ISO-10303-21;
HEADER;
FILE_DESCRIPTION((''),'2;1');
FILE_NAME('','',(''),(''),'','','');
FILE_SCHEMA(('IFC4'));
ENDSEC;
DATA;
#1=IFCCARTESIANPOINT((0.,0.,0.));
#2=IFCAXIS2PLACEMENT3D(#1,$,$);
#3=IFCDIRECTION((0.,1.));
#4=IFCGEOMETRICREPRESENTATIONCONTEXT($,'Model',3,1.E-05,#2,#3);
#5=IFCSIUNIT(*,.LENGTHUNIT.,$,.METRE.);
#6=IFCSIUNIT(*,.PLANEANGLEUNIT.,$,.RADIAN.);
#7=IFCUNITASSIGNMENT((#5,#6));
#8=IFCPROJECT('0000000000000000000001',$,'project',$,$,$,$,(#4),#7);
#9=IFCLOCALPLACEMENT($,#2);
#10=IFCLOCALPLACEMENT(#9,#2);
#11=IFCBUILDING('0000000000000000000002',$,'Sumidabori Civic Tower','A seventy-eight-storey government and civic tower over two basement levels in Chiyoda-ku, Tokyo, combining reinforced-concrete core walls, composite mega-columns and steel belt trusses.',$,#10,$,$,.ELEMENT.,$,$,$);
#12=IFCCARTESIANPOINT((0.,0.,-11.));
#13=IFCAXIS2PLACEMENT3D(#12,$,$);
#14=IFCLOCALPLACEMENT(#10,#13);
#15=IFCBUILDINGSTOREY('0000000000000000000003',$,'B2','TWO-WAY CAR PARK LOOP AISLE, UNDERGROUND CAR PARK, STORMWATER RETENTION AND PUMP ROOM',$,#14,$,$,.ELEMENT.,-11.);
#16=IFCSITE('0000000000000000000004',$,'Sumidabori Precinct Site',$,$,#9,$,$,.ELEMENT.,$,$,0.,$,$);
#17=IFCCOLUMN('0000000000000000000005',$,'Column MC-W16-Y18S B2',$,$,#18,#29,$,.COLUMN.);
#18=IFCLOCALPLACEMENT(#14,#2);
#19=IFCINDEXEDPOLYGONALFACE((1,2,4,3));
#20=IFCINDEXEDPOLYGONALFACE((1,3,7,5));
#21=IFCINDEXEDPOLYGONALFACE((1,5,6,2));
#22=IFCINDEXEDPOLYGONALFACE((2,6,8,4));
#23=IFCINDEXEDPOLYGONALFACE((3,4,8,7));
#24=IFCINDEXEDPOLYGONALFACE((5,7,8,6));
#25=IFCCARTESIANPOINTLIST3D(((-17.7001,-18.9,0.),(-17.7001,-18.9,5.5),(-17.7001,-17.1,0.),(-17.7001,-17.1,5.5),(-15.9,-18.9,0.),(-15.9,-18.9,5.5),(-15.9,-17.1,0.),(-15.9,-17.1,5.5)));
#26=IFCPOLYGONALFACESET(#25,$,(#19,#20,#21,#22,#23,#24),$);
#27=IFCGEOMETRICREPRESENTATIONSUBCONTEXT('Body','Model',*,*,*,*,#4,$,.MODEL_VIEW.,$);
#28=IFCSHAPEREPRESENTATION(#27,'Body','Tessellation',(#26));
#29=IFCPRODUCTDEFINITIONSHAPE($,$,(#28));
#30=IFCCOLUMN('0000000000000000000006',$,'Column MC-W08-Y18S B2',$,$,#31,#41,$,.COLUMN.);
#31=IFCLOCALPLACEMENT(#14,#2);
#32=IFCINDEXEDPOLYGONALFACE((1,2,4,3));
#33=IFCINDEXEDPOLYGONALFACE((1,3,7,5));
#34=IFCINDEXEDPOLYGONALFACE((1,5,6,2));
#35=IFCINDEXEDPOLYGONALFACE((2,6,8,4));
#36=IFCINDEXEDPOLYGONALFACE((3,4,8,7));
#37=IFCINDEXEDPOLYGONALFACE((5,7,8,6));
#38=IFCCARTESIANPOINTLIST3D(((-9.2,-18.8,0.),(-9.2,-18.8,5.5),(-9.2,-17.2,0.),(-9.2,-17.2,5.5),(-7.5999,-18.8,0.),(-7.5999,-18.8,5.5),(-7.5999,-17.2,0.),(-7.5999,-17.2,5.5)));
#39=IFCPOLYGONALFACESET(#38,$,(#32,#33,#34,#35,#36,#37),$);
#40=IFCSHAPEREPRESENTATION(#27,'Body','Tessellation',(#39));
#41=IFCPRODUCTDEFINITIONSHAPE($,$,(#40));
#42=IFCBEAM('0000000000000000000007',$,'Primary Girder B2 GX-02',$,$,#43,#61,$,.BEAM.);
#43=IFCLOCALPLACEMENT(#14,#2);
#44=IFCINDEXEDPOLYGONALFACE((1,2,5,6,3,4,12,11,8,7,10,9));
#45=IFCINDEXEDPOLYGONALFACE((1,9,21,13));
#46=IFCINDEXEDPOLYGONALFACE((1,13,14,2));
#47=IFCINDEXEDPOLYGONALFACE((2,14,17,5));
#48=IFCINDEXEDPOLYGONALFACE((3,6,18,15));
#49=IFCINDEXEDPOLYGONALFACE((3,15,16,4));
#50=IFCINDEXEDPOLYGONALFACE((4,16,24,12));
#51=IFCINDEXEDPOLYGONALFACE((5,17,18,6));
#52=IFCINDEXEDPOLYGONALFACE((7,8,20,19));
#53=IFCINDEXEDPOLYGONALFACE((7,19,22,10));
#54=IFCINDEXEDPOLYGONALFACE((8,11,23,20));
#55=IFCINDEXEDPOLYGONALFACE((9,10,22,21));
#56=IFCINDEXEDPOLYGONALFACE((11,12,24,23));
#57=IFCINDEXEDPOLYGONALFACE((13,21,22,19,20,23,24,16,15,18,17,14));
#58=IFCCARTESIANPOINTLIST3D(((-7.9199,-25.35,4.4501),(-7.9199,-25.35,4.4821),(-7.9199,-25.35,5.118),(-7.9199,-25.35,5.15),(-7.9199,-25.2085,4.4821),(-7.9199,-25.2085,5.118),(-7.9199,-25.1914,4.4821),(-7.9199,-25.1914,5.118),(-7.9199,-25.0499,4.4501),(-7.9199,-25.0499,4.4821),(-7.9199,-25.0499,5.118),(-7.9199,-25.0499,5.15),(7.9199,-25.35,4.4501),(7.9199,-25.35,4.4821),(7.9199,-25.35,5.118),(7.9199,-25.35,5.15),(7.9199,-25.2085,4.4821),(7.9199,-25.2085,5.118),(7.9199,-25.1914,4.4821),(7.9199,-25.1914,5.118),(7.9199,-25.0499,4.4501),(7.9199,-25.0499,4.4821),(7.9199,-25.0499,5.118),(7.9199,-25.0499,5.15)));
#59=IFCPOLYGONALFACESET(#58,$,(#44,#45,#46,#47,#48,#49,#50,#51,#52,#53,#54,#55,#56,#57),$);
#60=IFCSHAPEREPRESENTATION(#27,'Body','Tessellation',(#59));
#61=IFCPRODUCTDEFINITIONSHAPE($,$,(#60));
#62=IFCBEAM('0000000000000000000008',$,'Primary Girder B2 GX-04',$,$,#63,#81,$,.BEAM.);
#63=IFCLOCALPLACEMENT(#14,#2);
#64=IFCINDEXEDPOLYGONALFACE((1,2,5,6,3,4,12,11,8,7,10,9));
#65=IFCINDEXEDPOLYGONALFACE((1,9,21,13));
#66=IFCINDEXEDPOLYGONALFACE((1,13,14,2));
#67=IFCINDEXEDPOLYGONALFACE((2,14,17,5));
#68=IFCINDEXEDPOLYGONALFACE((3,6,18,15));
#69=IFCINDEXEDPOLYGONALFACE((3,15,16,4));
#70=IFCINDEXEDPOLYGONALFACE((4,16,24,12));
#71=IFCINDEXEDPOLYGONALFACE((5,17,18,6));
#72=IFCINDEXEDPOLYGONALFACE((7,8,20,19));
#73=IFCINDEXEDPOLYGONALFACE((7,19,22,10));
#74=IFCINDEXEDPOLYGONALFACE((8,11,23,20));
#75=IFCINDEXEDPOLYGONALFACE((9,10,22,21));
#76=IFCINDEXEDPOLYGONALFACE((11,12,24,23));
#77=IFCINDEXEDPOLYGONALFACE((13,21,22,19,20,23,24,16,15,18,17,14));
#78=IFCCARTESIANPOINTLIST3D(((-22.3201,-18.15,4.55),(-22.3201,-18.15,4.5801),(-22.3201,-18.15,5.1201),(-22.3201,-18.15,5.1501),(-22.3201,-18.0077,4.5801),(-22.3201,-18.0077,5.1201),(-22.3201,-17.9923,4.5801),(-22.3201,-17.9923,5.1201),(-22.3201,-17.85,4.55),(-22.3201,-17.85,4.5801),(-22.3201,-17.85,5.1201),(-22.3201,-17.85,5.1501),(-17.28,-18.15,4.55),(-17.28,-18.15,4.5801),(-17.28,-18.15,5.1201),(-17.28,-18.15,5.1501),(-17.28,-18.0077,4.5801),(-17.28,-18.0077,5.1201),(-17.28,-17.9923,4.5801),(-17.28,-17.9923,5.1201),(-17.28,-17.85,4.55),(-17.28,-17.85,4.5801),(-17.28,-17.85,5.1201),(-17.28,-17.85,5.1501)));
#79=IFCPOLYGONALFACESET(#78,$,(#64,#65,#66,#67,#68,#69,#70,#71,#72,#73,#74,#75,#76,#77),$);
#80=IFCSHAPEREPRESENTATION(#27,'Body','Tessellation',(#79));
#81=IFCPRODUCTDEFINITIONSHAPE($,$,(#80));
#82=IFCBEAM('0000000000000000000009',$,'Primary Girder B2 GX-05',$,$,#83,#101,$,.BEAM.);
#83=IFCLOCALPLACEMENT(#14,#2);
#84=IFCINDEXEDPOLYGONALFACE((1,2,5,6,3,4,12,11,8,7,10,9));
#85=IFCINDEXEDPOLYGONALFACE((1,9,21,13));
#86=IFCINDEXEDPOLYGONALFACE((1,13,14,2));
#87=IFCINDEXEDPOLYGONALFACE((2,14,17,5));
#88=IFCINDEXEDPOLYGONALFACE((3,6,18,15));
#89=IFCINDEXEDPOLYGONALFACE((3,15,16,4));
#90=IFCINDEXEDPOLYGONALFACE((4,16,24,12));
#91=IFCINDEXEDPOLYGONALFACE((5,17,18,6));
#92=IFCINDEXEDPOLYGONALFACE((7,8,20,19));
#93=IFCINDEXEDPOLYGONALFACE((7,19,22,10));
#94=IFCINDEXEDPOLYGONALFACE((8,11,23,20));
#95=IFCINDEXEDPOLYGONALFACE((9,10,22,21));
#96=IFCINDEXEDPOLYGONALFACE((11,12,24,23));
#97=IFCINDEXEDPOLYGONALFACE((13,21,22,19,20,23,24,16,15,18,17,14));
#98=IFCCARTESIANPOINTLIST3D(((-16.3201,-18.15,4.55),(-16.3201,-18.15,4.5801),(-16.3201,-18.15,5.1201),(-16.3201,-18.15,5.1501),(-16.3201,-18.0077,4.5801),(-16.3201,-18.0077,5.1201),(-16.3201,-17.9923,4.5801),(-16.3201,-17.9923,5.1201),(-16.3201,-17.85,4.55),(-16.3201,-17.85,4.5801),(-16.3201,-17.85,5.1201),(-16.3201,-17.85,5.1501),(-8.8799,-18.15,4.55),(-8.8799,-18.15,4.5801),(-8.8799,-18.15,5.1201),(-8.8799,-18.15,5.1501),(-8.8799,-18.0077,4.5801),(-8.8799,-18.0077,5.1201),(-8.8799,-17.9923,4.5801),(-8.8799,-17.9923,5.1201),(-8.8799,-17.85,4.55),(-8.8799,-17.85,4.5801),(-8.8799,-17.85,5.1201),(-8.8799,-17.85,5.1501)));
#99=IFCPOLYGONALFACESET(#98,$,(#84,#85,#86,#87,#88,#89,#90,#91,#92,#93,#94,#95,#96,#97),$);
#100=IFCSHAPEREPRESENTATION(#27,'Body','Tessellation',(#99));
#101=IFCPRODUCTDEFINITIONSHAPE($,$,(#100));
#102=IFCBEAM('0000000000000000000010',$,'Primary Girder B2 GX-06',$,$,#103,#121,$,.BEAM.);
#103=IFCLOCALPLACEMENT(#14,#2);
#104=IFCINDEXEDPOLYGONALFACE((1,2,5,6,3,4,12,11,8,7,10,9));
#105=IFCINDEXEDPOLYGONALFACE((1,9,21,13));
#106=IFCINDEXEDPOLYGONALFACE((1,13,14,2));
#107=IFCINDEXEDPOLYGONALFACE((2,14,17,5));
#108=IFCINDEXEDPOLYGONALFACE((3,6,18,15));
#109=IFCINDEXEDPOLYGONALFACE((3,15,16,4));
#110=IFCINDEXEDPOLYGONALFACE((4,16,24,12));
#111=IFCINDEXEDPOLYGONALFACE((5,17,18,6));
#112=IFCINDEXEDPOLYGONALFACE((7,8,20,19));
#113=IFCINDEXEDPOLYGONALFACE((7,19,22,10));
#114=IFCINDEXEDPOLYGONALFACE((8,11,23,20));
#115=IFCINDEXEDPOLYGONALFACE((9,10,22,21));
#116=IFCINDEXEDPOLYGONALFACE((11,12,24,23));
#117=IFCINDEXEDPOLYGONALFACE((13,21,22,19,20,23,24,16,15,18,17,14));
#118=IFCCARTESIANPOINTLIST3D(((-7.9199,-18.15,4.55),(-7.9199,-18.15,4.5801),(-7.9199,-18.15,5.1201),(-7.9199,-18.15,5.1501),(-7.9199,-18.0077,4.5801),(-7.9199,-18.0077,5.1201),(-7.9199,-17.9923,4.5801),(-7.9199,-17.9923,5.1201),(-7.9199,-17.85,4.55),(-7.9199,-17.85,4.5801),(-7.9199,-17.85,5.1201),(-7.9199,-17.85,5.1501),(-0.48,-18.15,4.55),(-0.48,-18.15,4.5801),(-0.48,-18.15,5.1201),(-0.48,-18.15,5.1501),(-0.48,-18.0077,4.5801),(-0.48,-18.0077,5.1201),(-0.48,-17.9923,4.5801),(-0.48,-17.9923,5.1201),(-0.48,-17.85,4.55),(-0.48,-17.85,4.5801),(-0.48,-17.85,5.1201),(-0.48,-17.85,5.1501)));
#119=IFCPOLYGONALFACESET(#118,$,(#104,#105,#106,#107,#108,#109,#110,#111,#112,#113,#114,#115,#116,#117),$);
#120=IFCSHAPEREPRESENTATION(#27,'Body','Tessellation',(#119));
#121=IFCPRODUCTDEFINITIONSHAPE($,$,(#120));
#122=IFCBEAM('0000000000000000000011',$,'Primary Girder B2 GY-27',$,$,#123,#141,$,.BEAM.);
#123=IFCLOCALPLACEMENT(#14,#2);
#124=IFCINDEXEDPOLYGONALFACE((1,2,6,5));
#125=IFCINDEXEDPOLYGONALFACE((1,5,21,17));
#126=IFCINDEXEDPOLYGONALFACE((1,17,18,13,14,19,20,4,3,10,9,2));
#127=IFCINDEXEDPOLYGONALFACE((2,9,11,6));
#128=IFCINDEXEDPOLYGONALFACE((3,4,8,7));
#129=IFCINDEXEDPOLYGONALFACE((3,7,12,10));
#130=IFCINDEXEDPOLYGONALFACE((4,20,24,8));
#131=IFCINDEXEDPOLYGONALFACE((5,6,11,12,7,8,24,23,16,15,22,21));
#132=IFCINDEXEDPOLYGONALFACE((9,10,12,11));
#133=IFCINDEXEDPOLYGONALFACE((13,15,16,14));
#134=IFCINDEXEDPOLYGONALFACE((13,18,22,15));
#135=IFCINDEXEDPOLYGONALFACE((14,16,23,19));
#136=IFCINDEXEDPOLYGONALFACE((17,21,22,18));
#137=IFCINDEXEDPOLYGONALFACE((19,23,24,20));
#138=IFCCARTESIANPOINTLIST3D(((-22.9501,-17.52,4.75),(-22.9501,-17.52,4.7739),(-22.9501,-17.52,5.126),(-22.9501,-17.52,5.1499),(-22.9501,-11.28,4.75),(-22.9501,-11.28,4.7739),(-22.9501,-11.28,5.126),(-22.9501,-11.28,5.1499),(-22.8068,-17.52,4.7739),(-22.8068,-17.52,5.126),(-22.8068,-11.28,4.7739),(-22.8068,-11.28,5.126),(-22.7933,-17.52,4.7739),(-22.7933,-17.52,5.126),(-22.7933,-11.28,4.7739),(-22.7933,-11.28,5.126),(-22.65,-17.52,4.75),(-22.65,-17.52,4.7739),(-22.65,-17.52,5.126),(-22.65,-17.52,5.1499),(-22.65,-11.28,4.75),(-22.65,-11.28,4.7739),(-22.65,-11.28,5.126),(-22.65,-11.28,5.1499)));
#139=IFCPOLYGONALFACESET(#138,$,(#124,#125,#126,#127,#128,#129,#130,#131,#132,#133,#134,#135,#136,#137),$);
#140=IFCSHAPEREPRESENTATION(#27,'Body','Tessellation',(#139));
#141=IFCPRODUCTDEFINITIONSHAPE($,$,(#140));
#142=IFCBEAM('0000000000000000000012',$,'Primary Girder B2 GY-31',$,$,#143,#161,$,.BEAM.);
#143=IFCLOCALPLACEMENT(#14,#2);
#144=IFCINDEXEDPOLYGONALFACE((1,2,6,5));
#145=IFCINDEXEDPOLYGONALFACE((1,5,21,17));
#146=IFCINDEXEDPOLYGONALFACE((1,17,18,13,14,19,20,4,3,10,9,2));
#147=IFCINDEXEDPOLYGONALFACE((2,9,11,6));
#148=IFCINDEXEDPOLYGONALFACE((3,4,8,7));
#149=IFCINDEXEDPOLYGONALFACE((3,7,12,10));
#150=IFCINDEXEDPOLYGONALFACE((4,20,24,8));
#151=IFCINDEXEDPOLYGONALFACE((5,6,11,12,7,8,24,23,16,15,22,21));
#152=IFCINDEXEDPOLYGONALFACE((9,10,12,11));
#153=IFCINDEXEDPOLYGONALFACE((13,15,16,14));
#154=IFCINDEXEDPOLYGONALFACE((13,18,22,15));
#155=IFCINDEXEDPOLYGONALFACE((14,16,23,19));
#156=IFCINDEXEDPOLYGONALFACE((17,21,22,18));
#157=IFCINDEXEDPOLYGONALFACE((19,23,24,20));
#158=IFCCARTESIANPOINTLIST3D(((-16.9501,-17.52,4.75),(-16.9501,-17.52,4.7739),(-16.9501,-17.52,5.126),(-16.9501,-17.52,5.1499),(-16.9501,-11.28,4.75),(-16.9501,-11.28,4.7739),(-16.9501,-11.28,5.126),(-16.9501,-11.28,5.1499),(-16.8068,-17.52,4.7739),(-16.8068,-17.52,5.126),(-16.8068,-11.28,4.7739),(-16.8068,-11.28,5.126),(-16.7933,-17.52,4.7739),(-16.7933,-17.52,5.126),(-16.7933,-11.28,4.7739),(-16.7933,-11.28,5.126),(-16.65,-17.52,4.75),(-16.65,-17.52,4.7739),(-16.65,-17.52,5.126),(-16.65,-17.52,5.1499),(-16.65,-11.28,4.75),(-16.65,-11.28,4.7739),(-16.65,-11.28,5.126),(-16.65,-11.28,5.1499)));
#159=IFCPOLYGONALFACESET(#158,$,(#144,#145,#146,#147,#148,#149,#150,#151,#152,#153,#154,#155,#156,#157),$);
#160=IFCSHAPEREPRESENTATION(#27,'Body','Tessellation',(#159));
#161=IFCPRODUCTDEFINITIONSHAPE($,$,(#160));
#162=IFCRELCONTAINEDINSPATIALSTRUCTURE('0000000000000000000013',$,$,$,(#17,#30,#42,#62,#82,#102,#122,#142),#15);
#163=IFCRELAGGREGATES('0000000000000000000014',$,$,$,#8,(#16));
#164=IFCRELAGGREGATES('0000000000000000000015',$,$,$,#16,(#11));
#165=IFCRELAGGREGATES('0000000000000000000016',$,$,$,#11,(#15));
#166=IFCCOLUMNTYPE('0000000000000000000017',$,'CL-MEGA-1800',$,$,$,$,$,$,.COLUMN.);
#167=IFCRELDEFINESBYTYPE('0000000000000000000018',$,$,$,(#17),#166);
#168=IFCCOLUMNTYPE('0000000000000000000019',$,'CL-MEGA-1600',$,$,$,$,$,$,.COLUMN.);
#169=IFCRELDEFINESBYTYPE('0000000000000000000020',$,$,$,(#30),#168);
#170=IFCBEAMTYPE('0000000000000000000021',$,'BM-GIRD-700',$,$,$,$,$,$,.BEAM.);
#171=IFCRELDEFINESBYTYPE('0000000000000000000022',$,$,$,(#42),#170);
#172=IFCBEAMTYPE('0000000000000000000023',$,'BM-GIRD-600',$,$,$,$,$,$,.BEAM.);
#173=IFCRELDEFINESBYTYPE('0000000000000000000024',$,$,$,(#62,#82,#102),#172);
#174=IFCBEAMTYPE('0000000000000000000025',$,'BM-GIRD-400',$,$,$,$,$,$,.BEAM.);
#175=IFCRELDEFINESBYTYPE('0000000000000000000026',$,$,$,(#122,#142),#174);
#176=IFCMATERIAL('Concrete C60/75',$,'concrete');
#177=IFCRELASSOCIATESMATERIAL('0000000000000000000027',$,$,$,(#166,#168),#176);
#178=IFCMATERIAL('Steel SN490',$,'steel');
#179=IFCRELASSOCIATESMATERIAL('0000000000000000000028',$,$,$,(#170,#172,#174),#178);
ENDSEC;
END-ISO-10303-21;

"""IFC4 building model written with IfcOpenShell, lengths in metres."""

from ifc_helpers import new_model, si_unit, direction, frame, origin, origin_2d, place, context, subcontext, project, spatial, rectangle, i_section, extrude, source, transform, mapped, material, material_profile, profile_set, type_object, element, save


model = new_model("IFC4")

# Units and contexts
model_context = context("Model", 3, precision=1e-05, world=origin(), true_north=direction((0.0, 1.0)))
body_context = subcontext(model_context, "Body", "Model", "MODEL_VIEW")
ifc_project = project(units=[si_unit("LENGTHUNIT", "METRE"), si_unit("PLANEANGLEUNIT", "RADIAN")], contexts=[model_context])

# Site, building, storey
site_placement = place(None, origin())
site = spatial("IfcSite", under=ifc_project, at=site_placement, Name="Sumidabori Precinct Site", CompositionType="ELEMENT", RefElevation=0.0)
building_placement = place(site_placement, origin())
building = spatial("IfcBuilding", under=site, at=building_placement, Name="Sumidabori Civic Tower", Description="A seventy-eight-storey government and civic tower over two basement levels in Chiyoda-ku, Tokyo, combining reinforced-concrete core walls, composite mega-columns and steel belt trusses.", CompositionType="ELEMENT")
storey_placement = place(building_placement, frame((0.0, 0.0, -11.0)))
storey = spatial("IfcBuildingStorey", under=building, at=storey_placement, Name="B2", Description="TWO-WAY CAR PARK LOOP AISLE, UNDERGROUND CAR PARK, STORMWATER RETENTION AND PUMP ROOM", CompositionType="ELEMENT", Elevation=-11.0)

# Columns
ifc_material_1 = material(Name="Concrete C60/75", Category="concrete")
ifc_material_profile_1 = material_profile(ifc_material_1, rectangle(XDim=1.8, YDim=1.8, at=origin_2d()), Name="RC 1800x1800")
ifc_profile_set_1 = profile_set([ifc_material_profile_1], Name="Concrete C60/75")
column_type_1 = type_object("IfcColumnType", Name="CL-MEGA-1800", PredefinedType="COLUMN", material=ifc_profile_set_1)
shared_shape_1 = source(origin(), body_context, "Body", "SweptSolid", [
    extrude(rectangle(XDim=1.8, YDim=1.8, at=origin_2d()), origin(), (0.0, 0.0, 1.0), 5.5),
])
column_1_placement = place(storey_placement, frame((-16.8, -18.0, 0.0), z_axis=(0.0, 0.0, 1.0), x_axis=(1.0, 0.0, 0.0)))
element("IfcColumn", 1, at=column_1_placement, inside=storey, type_object=column_type_1, Name="Column MC-W16-Y18S B2", PredefinedType="COLUMN", context=body_context, shape_type="MappedRepresentation", body=[
    mapped(shared_shape_1, transform((0.0, 0.0, 0.0), x_axis=(1.0, 0.0, 0.0), y_axis=(0.0, 1.0, 0.0), z_axis=(0.0, 0.0, 1.0), scale=1.0)),
])
ifc_material_profile_2 = material_profile(ifc_material_1, rectangle(XDim=1.6001, YDim=1.6001, at=origin_2d()), Name="RC 1600x1600")
ifc_profile_set_2 = profile_set([ifc_material_profile_2], Name="Concrete C60/75")
column_type_2 = type_object("IfcColumnType", Name="CL-MEGA-1600", PredefinedType="COLUMN", material=ifc_profile_set_2)
shared_shape_2 = source(origin(), body_context, "Body", "SweptSolid", [
    extrude(rectangle(XDim=1.6001, YDim=1.6001, at=origin_2d()), origin(), (0.0, 0.0, 1.0), 5.5),
])
column_2_placement = place(storey_placement, frame((-8.3999, -18.0, 0.0), z_axis=(0.0, 0.0, 1.0), x_axis=(1.0, 0.0, 0.0)))
element("IfcColumn", 2, at=column_2_placement, inside=storey, type_object=column_type_2, Name="Column MC-W08-Y18S B2", PredefinedType="COLUMN", context=body_context, shape_type="MappedRepresentation", body=[
    mapped(shared_shape_2, transform((0.0, 0.0, 0.0), x_axis=(1.0, 0.0, 0.0), y_axis=(0.0, 1.0, 0.0), z_axis=(0.0, 0.0, 1.0), scale=1.0)),
])

# Beams
ifc_material_2 = material(Name="Steel SN490", Category="steel")
ifc_material_profile_3 = material_profile(ifc_material_2, i_section(OverallWidth=0.3, OverallDepth=0.7, WebThickness=0.0171, FlangeThickness=0.032, at=origin_2d()), Name="HE 700 B")
ifc_profile_set_3 = profile_set([ifc_material_profile_3], Name="Steel SN490")
beam_type_1 = type_object("IfcBeamType", Name="BM-GIRD-700", PredefinedType="BEAM", material=ifc_profile_set_3)
shared_shape_3 = source(origin(), body_context, "Body", "SweptSolid", [
    extrude(i_section(OverallWidth=0.3, OverallDepth=0.7, WebThickness=0.0171, FlangeThickness=0.032, at=origin_2d()), origin(), (0.0, 0.0, 1.0), 15.8398),
])
beam_1_placement = place(storey_placement, frame((-7.9199, -25.2, 4.8), z_axis=(1.0, 0.0, 0.0), x_axis=(0.0, 1.0, 0.0)))
element("IfcBeam", 3, at=beam_1_placement, inside=storey, type_object=beam_type_1, Name="Primary Girder B2 GX-02", PredefinedType="BEAM", context=body_context, shape_type="MappedRepresentation", body=[
    mapped(shared_shape_3, transform((0.0, 0.0, 0.0), x_axis=(1.0, 0.0, 0.0), y_axis=(0.0, 1.0, 0.0), z_axis=(0.0, 0.0, 1.0), scale=1.0)),
])
ifc_material_profile_4 = material_profile(ifc_material_2, i_section(OverallWidth=0.3, OverallDepth=0.6001, WebThickness=0.0154, FlangeThickness=0.03, at=origin_2d()), Name="HE 600 B")
ifc_profile_set_4 = profile_set([ifc_material_profile_4], Name="Steel SN490")
beam_type_2 = type_object("IfcBeamType", Name="BM-GIRD-600", PredefinedType="BEAM", material=ifc_profile_set_4)
shared_shape_4 = source(origin(), body_context, "Body", "SweptSolid", [
    extrude(i_section(OverallWidth=0.3, OverallDepth=0.6001, WebThickness=0.0154, FlangeThickness=0.03, at=origin_2d()), origin(), (0.0, 0.0, 1.0), 5.04),
])
beam_2_placement = place(storey_placement, frame((-22.3201, -18.0, 4.8501), z_axis=(1.0, 0.0, 0.0), x_axis=(0.0, 1.0, 0.0)))
element("IfcBeam", 4, at=beam_2_placement, inside=storey, type_object=beam_type_2, Name="Primary Girder B2 GX-04", PredefinedType="BEAM", context=body_context, shape_type="MappedRepresentation", body=[
    mapped(shared_shape_4, transform((0.0, 0.0, 0.0), x_axis=(1.0, 0.0, 0.0), y_axis=(0.0, 1.0, 0.0), z_axis=(0.0, 0.0, 1.0), scale=1.0)),
])
shared_shape_5 = source(origin(), body_context, "Body", "SweptSolid", [
    extrude(i_section(OverallWidth=0.3, OverallDepth=0.6001, WebThickness=0.0154, FlangeThickness=0.03, at=origin_2d()), origin(), (0.0, 0.0, 1.0), 7.4402),
])
beam_3_placement = place(storey_placement, frame((-16.3201, -18.0, 4.8501), z_axis=(1.0, 0.0, 0.0), x_axis=(0.0, 1.0, 0.0)))
element("IfcBeam", 5, at=beam_3_placement, inside=storey, type_object=beam_type_2, Name="Primary Girder B2 GX-05", PredefinedType="BEAM", context=body_context, shape_type="MappedRepresentation", body=[
    mapped(shared_shape_5, transform((0.0, 0.0, 0.0), x_axis=(1.0, 0.0, 0.0), y_axis=(0.0, 1.0, 0.0), z_axis=(0.0, 0.0, 1.0), scale=1.0)),
])
shared_shape_6 = source(origin(), body_context, "Body", "SweptSolid", [
    extrude(i_section(OverallWidth=0.3, OverallDepth=0.6001, WebThickness=0.0154, FlangeThickness=0.03, at=origin_2d()), origin(), (0.0, 0.0, 1.0), 7.4399),
])
beam_4_placement = place(storey_placement, frame((-7.9199, -18.0, 4.8501), z_axis=(1.0, 0.0, 0.0), x_axis=(0.0, 1.0, 0.0)))
element("IfcBeam", 6, at=beam_4_placement, inside=storey, type_object=beam_type_2, Name="Primary Girder B2 GX-06", PredefinedType="BEAM", context=body_context, shape_type="MappedRepresentation", body=[
    mapped(shared_shape_6, transform((0.0, 0.0, 0.0), x_axis=(1.0, 0.0, 0.0), y_axis=(0.0, 1.0, 0.0), z_axis=(0.0, 0.0, 1.0), scale=1.0)),
])
ifc_material_profile_5 = material_profile(ifc_material_2, i_section(OverallWidth=0.3, OverallDepth=0.3999, WebThickness=0.0134, FlangeThickness=0.0239, at=origin_2d()), Name="HE 400 B")
ifc_profile_set_5 = profile_set([ifc_material_profile_5], Name="Steel SN490")
beam_type_3 = type_object("IfcBeamType", Name="BM-GIRD-400", PredefinedType="BEAM", material=ifc_profile_set_5)
shared_shape_7 = source(origin(), body_context, "Body", "SweptSolid", [
    extrude(i_section(OverallWidth=0.3, OverallDepth=0.3999, WebThickness=0.0134, FlangeThickness=0.0239, at=origin_2d()), origin(), (0.0, 0.0, 1.0), 6.24),
])
for number, where, z_axis, x_axis, name in (
    (7, (-22.8, -17.52, 4.95), (0.0, 1.0, 0.0), (-1.0, 0.0, 0.0), "Primary Girder B2 GY-27"),
    (8, (-16.8, -17.52, 4.95), (0.0, 1.0, 0.0), (-1.0, 0.0, 0.0), "Primary Girder B2 GY-31"),
):
    element("IfcBeam", number, at=place(storey_placement, frame(where, z_axis=z_axis, x_axis=x_axis)), inside=storey, type_object=beam_type_3, Name=name, PredefinedType="BEAM", context=body_context, shape_type="MappedRepresentation", body=[
        mapped(shared_shape_7, transform((0.0, 0.0, 0.0), x_axis=(1.0, 0.0, 0.0), y_axis=(0.0, 1.0, 0.0), z_axis=(0.0, 0.0, 1.0), scale=1.0)),
    ])

save(model, "model.ifc")
